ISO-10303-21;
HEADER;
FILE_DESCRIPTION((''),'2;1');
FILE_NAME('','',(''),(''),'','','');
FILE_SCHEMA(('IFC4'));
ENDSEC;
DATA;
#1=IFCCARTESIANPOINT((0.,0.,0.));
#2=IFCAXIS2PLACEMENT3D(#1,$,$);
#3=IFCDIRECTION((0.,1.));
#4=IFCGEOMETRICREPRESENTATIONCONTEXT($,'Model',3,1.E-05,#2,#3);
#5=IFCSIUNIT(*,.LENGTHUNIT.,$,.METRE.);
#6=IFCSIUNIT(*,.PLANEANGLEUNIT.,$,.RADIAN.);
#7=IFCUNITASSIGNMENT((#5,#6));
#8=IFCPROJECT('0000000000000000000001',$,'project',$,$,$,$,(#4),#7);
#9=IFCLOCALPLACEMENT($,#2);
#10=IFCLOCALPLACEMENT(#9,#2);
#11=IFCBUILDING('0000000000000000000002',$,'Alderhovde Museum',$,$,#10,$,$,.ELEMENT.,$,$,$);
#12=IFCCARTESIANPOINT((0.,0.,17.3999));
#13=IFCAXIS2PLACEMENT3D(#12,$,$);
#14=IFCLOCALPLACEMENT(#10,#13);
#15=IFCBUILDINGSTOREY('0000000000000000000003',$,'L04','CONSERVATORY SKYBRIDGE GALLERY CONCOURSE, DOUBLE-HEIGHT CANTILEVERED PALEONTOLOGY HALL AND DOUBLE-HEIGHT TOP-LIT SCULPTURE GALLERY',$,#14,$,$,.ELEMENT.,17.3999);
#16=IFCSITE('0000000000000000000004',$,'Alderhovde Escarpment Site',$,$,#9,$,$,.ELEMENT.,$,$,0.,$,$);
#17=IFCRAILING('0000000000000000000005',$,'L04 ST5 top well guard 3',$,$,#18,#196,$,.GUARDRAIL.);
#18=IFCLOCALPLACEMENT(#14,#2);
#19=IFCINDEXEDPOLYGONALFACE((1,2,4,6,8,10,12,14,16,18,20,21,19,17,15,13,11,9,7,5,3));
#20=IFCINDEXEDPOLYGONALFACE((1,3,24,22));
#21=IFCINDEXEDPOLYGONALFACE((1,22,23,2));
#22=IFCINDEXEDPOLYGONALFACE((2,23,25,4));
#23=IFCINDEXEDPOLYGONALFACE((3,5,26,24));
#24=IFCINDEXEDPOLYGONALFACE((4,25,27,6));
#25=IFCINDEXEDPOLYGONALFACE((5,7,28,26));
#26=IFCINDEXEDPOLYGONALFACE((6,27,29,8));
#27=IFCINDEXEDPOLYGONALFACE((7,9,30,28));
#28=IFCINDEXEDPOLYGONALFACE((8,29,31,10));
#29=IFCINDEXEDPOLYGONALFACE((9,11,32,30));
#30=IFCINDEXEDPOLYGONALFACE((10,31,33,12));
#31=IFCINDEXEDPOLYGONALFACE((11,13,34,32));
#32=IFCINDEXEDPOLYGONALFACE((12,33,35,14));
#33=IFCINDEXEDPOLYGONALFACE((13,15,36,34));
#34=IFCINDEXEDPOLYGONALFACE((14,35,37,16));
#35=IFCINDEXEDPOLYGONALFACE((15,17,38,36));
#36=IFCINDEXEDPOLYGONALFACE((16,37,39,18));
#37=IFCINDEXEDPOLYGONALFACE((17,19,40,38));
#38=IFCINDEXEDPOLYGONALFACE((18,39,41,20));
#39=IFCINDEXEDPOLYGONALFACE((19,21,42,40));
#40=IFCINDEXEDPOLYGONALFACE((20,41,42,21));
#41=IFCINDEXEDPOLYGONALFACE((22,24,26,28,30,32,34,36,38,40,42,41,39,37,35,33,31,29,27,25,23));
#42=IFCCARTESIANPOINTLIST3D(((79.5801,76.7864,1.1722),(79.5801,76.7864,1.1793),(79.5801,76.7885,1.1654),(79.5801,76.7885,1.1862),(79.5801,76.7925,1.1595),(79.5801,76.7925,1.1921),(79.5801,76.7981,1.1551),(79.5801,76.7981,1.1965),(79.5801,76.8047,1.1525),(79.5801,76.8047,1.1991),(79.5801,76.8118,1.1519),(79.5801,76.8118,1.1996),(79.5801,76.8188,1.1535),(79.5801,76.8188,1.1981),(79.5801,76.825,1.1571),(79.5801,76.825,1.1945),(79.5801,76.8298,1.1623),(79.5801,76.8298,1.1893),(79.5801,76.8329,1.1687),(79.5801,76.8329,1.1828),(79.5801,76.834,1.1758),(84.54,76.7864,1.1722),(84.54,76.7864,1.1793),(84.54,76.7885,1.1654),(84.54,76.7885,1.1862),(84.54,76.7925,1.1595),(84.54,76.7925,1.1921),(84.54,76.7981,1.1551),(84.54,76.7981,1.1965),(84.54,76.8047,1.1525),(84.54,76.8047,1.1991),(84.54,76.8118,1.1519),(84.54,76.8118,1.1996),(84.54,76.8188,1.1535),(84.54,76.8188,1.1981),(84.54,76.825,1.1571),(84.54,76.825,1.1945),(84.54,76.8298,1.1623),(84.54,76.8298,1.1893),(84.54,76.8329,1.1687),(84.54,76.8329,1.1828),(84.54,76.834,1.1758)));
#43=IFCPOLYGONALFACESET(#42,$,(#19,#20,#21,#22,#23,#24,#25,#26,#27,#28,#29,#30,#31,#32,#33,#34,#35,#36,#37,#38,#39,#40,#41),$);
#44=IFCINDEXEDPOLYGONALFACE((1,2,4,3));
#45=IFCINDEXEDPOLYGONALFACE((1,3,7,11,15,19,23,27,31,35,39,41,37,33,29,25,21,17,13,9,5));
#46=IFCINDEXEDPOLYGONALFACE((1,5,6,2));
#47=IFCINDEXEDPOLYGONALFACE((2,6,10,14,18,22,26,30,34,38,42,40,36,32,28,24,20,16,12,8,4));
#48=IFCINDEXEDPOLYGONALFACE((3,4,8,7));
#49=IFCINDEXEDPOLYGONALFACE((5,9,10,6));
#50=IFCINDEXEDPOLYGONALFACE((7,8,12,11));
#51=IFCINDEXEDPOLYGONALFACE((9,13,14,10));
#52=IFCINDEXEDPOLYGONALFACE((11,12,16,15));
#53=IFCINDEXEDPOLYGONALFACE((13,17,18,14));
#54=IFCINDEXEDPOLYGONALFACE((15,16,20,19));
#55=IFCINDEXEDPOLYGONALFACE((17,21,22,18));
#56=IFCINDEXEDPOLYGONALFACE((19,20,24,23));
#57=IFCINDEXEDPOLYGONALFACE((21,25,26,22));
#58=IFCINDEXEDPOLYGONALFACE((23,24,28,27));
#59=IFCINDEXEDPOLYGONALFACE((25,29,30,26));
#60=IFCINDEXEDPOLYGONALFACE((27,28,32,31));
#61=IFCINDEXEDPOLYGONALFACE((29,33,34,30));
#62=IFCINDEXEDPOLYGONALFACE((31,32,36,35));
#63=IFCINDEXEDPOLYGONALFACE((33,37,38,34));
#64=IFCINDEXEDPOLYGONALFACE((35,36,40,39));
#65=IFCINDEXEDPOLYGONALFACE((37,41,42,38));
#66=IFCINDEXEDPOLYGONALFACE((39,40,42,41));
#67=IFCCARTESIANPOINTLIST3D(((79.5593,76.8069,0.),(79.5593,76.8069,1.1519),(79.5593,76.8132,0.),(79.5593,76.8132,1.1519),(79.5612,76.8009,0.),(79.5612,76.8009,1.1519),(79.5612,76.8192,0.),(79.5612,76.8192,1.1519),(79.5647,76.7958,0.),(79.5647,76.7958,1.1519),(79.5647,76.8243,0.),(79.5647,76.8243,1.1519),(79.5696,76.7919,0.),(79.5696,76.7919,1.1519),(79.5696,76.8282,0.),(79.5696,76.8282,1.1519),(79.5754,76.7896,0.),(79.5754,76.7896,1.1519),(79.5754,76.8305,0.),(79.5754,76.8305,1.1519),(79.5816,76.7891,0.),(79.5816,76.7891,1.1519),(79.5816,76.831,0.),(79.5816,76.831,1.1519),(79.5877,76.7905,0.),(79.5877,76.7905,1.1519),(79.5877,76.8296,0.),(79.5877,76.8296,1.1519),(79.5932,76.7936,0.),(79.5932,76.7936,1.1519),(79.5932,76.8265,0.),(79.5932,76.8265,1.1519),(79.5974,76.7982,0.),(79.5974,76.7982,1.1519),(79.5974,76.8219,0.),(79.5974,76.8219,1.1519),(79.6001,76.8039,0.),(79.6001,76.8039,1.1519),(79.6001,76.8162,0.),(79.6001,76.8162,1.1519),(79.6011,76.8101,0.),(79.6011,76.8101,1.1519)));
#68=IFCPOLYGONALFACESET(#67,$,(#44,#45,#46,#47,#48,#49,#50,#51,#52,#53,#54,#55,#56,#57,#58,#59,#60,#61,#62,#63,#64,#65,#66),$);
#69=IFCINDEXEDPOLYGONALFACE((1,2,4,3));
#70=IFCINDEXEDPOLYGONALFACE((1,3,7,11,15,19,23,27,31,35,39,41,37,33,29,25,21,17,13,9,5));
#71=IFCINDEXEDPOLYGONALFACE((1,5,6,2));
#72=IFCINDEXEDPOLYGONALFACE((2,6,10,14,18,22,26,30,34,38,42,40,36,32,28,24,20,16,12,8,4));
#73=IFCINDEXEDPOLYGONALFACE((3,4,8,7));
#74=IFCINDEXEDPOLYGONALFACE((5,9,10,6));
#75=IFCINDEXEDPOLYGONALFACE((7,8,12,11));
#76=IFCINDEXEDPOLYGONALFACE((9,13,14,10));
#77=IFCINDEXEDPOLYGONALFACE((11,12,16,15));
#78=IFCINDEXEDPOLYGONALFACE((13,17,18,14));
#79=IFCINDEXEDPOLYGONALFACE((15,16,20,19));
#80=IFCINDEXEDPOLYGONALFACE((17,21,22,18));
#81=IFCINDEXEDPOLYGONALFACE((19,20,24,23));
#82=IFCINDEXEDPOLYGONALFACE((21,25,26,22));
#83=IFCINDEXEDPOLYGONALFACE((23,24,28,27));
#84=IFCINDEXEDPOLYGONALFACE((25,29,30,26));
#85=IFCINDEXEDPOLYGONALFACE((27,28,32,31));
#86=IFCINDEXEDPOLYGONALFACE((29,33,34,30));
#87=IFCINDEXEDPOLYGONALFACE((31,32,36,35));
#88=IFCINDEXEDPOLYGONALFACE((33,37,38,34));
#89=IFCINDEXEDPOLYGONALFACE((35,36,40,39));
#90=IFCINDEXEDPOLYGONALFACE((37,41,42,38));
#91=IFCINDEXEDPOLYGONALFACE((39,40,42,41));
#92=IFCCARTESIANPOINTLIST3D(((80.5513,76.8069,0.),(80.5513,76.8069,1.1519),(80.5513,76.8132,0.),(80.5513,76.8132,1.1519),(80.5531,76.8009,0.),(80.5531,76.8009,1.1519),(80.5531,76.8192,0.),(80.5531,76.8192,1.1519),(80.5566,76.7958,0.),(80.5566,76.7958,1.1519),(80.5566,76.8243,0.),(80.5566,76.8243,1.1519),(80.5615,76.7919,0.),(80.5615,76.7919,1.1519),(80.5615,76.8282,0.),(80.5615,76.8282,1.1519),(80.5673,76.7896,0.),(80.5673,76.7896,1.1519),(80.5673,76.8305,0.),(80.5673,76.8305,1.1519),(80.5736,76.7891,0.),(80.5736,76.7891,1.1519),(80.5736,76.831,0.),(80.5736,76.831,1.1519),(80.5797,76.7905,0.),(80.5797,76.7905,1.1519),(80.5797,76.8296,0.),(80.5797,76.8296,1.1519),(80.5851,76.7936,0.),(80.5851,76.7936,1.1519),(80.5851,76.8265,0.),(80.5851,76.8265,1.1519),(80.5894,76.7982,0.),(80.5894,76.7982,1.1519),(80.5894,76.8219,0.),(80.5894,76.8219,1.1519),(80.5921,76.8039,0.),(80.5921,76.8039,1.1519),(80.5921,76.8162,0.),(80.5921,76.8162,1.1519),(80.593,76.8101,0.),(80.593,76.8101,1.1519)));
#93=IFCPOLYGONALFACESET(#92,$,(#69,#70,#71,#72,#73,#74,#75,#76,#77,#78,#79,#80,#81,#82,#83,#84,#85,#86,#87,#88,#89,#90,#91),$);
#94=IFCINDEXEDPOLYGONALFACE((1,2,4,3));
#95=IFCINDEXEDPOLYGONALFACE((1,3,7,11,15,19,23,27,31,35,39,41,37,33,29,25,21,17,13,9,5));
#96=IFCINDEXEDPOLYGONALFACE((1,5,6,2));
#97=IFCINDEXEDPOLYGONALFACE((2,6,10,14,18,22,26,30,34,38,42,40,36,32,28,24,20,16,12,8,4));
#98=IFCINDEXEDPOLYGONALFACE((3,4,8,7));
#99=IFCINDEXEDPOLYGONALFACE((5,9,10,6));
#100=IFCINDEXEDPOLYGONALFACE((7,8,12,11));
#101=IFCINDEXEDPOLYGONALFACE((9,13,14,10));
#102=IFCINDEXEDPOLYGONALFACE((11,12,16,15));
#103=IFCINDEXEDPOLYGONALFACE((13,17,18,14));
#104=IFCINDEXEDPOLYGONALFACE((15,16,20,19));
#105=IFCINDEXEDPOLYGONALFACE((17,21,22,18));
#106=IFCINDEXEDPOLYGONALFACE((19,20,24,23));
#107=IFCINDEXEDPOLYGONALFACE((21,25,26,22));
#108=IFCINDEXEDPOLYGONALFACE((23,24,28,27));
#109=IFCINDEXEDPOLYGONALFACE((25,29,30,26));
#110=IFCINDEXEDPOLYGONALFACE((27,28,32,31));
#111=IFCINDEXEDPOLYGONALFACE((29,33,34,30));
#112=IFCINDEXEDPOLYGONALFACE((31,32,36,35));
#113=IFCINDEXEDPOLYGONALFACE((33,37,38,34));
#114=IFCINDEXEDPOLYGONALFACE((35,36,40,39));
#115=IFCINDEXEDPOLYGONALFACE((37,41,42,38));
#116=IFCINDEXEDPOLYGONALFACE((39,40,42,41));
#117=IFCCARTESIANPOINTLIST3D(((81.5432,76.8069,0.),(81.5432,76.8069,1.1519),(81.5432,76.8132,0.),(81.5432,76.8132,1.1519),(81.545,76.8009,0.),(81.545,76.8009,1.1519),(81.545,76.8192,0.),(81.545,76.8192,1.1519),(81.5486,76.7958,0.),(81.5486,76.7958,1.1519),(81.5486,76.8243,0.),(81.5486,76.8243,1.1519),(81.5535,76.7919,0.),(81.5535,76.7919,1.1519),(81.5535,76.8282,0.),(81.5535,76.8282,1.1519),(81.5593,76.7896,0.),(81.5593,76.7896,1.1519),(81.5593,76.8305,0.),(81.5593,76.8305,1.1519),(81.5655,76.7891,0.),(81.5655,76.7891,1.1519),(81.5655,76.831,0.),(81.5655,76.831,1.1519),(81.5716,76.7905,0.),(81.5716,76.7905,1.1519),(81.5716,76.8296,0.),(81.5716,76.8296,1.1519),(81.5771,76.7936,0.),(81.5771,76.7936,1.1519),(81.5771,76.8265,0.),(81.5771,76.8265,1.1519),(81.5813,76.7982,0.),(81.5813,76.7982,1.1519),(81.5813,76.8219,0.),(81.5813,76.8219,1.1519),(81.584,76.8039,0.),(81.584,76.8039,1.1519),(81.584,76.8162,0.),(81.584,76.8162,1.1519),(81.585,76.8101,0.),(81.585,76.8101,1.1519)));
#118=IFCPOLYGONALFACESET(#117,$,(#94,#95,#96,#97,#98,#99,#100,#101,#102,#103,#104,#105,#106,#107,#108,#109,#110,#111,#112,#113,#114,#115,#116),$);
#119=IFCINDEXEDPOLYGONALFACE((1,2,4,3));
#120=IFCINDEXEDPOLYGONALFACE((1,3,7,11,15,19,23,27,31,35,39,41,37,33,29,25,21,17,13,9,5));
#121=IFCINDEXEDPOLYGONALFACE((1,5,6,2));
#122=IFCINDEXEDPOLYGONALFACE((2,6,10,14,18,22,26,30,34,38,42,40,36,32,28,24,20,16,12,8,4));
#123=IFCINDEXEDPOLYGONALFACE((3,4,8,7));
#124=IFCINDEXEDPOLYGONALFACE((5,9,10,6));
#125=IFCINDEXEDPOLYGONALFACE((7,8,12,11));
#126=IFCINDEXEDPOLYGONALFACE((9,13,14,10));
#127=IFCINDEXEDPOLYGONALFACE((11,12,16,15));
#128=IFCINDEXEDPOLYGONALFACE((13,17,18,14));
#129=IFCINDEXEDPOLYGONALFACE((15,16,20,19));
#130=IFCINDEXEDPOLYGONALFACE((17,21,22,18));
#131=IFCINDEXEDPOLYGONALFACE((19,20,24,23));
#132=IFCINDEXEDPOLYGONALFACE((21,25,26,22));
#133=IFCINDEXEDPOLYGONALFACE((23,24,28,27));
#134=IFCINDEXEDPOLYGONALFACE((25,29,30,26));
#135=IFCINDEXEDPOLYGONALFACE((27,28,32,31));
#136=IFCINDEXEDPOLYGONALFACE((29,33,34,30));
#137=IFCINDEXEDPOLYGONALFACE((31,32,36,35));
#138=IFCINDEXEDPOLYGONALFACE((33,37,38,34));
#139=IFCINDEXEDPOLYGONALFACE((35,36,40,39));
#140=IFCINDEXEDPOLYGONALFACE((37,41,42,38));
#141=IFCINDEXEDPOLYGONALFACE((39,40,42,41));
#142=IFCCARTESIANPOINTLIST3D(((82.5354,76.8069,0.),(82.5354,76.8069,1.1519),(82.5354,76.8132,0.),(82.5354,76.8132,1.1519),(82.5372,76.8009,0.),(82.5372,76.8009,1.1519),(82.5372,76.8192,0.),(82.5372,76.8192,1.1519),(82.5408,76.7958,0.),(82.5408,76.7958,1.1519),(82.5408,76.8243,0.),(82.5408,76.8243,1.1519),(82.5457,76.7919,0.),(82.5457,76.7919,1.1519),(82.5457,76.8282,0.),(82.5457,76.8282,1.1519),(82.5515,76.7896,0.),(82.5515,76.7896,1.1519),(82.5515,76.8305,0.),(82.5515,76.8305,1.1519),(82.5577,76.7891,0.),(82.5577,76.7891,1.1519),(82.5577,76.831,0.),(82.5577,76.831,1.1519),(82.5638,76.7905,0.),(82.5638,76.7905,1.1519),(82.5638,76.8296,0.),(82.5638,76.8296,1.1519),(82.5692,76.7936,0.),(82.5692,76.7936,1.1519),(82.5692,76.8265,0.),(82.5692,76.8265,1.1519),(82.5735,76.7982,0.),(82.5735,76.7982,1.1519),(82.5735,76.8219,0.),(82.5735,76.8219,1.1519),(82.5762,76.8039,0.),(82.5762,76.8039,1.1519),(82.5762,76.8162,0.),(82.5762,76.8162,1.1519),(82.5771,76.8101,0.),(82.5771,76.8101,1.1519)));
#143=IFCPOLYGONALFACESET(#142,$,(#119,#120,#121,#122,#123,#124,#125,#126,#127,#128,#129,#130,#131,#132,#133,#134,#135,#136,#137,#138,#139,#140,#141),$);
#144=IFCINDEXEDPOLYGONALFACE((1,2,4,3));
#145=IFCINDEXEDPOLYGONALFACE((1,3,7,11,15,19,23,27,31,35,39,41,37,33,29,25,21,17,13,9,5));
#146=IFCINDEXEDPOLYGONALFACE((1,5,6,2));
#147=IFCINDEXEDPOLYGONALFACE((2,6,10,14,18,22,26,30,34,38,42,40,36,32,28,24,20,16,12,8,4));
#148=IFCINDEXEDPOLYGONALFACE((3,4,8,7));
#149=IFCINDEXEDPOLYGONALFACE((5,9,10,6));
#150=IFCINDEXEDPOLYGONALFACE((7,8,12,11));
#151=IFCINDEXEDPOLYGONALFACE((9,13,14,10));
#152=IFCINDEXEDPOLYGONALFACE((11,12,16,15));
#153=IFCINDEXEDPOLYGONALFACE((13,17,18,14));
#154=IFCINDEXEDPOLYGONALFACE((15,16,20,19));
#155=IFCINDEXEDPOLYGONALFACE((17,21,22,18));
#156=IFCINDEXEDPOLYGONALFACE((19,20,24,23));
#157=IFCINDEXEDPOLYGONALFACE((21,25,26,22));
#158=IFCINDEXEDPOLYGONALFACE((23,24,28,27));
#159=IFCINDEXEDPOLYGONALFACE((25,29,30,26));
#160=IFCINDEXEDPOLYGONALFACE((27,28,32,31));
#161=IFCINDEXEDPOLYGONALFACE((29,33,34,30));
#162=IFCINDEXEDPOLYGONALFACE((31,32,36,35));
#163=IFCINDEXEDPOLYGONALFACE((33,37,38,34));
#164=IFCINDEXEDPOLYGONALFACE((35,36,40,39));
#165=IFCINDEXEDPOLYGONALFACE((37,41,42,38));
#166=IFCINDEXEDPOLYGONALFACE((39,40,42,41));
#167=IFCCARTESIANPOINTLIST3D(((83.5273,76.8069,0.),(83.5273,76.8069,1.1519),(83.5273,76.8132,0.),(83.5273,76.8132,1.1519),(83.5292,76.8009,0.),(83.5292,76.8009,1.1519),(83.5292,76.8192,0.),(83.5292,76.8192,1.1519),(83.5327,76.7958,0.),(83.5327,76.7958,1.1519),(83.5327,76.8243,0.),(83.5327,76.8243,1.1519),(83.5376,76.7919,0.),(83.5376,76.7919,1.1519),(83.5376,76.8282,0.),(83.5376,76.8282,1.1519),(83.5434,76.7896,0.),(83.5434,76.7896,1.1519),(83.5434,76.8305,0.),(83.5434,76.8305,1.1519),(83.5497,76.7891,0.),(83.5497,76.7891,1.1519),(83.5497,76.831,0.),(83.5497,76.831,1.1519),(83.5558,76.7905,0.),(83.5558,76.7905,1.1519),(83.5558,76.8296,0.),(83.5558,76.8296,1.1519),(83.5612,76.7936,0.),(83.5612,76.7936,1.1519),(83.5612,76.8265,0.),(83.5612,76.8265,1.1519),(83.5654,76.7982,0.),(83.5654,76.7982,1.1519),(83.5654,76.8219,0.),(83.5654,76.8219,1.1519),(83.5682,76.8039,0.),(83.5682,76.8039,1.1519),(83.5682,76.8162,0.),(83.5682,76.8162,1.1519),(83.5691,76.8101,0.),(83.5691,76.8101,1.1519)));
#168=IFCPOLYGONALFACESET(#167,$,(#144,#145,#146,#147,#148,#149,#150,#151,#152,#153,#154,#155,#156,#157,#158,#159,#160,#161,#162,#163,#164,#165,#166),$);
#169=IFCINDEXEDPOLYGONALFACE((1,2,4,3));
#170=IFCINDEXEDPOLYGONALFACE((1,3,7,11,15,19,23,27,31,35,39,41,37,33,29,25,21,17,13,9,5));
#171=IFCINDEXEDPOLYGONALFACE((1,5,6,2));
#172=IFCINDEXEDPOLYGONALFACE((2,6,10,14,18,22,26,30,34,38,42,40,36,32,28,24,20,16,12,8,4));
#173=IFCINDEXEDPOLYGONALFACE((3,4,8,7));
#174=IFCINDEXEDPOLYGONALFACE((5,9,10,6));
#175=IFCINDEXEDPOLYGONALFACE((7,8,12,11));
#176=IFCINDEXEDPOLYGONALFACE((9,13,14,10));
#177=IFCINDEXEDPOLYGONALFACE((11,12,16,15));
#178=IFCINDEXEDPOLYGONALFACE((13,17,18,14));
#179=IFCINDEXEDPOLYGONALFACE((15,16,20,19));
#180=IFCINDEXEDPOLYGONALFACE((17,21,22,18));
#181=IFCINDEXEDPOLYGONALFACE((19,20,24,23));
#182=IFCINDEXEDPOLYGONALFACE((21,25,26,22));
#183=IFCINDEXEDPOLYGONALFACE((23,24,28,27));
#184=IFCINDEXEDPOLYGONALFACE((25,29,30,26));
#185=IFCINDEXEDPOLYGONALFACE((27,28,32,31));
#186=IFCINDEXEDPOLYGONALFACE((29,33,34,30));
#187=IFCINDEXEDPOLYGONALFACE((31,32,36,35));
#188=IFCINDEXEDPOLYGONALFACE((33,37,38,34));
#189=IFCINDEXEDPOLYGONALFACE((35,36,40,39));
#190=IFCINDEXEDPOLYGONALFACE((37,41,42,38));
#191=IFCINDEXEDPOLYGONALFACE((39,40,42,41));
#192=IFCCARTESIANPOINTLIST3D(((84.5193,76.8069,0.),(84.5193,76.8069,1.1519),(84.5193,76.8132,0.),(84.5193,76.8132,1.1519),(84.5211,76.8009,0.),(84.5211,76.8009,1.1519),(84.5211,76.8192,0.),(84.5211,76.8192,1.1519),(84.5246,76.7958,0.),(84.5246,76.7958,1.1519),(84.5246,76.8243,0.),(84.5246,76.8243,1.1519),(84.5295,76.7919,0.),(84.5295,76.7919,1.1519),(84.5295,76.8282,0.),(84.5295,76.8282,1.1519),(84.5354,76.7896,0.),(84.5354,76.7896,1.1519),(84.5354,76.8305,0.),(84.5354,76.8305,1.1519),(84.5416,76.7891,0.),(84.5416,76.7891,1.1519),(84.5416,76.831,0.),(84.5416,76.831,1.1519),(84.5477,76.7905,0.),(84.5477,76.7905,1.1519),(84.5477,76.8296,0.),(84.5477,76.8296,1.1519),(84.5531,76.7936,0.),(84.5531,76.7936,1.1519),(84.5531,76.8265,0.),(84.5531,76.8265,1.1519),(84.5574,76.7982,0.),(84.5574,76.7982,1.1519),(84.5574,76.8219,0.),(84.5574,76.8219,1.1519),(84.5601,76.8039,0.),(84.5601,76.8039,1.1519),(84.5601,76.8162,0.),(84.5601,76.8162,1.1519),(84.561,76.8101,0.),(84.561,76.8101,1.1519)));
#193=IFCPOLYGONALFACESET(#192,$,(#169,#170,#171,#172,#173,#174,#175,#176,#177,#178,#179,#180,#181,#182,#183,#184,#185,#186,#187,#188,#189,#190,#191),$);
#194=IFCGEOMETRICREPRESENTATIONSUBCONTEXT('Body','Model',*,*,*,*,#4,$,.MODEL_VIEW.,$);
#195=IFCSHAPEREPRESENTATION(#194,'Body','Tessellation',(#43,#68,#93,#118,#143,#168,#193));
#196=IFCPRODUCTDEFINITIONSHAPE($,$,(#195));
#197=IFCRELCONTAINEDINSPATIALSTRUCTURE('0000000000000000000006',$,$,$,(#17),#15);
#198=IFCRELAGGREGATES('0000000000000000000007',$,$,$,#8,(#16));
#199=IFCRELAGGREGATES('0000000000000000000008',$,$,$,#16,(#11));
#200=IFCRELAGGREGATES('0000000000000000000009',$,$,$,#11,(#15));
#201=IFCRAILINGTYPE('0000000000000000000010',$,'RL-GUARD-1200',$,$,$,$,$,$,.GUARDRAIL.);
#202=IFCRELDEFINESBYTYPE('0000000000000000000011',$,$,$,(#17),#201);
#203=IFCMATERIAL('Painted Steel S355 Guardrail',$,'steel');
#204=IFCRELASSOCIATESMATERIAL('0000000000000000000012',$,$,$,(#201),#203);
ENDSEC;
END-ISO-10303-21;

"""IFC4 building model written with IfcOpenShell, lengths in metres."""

from ifc_helpers import new_model, si_unit, direction, frame, origin, origin_2d, place, context, subcontext, project, spatial, circle, extrude, material, type_object, element, save


model = new_model("IFC4")

# Units and contexts
model_context = context("Model", 3, precision=1e-05, world=origin(), true_north=direction((0.0, 1.0)))
body_context = subcontext(model_context, "Body", "Model", "MODEL_VIEW")
ifc_project = project(units=[si_unit("LENGTHUNIT", "METRE"), si_unit("PLANEANGLEUNIT", "RADIAN")], contexts=[model_context])

# Site, building, storey
site_placement = place(None, origin())
site = spatial("IfcSite", under=ifc_project, at=site_placement, Name="Alderhovde Escarpment Site", CompositionType="ELEMENT", RefElevation=0.0)
building_placement = place(site_placement, origin())
building = spatial("IfcBuilding", under=site, at=building_placement, Name="Alderhovde Museum", CompositionType="ELEMENT")
storey_placement = place(building_placement, frame((0.0, 0.0, 17.3999)))
storey = spatial("IfcBuildingStorey", under=building, at=storey_placement, Name="L04", Description="CONSERVATORY SKYBRIDGE GALLERY CONCOURSE, DOUBLE-HEIGHT CANTILEVERED PALEONTOLOGY HALL AND DOUBLE-HEIGHT TOP-LIT SCULPTURE GALLERY", CompositionType="ELEMENT", Elevation=17.3999)

# Railing
ifc_material_1 = material(Name="Painted Steel S355 Guardrail", Category="steel")
railing_type = type_object("IfcRailingType", Name="RL-GUARD-1200", PredefinedType="GUARDRAIL", material=ifc_material_1)
for number, where, name in (
    (1, (79.5801, 76.8101, 0.0), "L04 ST5 top well guard 3"),
):
    element("IfcRailing", number, at=place(storey_placement, frame(where)), inside=storey, type_object=railing_type, Name=name, PredefinedType="GUARDRAIL", context=body_context, shape_type="SweptSolid", body=[
        extrude(circle(Radius=0.0239, at=origin_2d()), frame((0.0, 0.0, 1.1758), z_axis=(1.0, 0.0, 0.0), x_axis=(0.0, 1.0, 0.0)), (0.0, 0.0, 1.0), 4.96),
        extrude(circle(Radius=0.021, at=origin_2d()), origin(), (0.0, 0.0, 1.0), 1.1519),
        extrude(circle(Radius=0.021, at=origin_2d()), frame((0.9919, 0.0, 0.0)), (0.0, 0.0, 1.0), 1.1519),
        extrude(circle(Radius=0.021, at=origin_2d()), frame((1.9839, 0.0, 0.0)), (0.0, 0.0, 1.0), 1.1519),
        extrude(circle(Radius=0.021, at=origin_2d()), frame((2.9761, 0.0, 0.0)), (0.0, 0.0, 1.0), 1.1519),
        extrude(circle(Radius=0.021, at=origin_2d()), frame((3.968, 0.0, 0.0)), (0.0, 0.0, 1.0), 1.1519),
        extrude(circle(Radius=0.021, at=origin_2d()), frame((4.96, 0.0, 0.0)), (0.0, 0.0, 1.0), 1.1519),
    ])

save(model, "model.ifc")
